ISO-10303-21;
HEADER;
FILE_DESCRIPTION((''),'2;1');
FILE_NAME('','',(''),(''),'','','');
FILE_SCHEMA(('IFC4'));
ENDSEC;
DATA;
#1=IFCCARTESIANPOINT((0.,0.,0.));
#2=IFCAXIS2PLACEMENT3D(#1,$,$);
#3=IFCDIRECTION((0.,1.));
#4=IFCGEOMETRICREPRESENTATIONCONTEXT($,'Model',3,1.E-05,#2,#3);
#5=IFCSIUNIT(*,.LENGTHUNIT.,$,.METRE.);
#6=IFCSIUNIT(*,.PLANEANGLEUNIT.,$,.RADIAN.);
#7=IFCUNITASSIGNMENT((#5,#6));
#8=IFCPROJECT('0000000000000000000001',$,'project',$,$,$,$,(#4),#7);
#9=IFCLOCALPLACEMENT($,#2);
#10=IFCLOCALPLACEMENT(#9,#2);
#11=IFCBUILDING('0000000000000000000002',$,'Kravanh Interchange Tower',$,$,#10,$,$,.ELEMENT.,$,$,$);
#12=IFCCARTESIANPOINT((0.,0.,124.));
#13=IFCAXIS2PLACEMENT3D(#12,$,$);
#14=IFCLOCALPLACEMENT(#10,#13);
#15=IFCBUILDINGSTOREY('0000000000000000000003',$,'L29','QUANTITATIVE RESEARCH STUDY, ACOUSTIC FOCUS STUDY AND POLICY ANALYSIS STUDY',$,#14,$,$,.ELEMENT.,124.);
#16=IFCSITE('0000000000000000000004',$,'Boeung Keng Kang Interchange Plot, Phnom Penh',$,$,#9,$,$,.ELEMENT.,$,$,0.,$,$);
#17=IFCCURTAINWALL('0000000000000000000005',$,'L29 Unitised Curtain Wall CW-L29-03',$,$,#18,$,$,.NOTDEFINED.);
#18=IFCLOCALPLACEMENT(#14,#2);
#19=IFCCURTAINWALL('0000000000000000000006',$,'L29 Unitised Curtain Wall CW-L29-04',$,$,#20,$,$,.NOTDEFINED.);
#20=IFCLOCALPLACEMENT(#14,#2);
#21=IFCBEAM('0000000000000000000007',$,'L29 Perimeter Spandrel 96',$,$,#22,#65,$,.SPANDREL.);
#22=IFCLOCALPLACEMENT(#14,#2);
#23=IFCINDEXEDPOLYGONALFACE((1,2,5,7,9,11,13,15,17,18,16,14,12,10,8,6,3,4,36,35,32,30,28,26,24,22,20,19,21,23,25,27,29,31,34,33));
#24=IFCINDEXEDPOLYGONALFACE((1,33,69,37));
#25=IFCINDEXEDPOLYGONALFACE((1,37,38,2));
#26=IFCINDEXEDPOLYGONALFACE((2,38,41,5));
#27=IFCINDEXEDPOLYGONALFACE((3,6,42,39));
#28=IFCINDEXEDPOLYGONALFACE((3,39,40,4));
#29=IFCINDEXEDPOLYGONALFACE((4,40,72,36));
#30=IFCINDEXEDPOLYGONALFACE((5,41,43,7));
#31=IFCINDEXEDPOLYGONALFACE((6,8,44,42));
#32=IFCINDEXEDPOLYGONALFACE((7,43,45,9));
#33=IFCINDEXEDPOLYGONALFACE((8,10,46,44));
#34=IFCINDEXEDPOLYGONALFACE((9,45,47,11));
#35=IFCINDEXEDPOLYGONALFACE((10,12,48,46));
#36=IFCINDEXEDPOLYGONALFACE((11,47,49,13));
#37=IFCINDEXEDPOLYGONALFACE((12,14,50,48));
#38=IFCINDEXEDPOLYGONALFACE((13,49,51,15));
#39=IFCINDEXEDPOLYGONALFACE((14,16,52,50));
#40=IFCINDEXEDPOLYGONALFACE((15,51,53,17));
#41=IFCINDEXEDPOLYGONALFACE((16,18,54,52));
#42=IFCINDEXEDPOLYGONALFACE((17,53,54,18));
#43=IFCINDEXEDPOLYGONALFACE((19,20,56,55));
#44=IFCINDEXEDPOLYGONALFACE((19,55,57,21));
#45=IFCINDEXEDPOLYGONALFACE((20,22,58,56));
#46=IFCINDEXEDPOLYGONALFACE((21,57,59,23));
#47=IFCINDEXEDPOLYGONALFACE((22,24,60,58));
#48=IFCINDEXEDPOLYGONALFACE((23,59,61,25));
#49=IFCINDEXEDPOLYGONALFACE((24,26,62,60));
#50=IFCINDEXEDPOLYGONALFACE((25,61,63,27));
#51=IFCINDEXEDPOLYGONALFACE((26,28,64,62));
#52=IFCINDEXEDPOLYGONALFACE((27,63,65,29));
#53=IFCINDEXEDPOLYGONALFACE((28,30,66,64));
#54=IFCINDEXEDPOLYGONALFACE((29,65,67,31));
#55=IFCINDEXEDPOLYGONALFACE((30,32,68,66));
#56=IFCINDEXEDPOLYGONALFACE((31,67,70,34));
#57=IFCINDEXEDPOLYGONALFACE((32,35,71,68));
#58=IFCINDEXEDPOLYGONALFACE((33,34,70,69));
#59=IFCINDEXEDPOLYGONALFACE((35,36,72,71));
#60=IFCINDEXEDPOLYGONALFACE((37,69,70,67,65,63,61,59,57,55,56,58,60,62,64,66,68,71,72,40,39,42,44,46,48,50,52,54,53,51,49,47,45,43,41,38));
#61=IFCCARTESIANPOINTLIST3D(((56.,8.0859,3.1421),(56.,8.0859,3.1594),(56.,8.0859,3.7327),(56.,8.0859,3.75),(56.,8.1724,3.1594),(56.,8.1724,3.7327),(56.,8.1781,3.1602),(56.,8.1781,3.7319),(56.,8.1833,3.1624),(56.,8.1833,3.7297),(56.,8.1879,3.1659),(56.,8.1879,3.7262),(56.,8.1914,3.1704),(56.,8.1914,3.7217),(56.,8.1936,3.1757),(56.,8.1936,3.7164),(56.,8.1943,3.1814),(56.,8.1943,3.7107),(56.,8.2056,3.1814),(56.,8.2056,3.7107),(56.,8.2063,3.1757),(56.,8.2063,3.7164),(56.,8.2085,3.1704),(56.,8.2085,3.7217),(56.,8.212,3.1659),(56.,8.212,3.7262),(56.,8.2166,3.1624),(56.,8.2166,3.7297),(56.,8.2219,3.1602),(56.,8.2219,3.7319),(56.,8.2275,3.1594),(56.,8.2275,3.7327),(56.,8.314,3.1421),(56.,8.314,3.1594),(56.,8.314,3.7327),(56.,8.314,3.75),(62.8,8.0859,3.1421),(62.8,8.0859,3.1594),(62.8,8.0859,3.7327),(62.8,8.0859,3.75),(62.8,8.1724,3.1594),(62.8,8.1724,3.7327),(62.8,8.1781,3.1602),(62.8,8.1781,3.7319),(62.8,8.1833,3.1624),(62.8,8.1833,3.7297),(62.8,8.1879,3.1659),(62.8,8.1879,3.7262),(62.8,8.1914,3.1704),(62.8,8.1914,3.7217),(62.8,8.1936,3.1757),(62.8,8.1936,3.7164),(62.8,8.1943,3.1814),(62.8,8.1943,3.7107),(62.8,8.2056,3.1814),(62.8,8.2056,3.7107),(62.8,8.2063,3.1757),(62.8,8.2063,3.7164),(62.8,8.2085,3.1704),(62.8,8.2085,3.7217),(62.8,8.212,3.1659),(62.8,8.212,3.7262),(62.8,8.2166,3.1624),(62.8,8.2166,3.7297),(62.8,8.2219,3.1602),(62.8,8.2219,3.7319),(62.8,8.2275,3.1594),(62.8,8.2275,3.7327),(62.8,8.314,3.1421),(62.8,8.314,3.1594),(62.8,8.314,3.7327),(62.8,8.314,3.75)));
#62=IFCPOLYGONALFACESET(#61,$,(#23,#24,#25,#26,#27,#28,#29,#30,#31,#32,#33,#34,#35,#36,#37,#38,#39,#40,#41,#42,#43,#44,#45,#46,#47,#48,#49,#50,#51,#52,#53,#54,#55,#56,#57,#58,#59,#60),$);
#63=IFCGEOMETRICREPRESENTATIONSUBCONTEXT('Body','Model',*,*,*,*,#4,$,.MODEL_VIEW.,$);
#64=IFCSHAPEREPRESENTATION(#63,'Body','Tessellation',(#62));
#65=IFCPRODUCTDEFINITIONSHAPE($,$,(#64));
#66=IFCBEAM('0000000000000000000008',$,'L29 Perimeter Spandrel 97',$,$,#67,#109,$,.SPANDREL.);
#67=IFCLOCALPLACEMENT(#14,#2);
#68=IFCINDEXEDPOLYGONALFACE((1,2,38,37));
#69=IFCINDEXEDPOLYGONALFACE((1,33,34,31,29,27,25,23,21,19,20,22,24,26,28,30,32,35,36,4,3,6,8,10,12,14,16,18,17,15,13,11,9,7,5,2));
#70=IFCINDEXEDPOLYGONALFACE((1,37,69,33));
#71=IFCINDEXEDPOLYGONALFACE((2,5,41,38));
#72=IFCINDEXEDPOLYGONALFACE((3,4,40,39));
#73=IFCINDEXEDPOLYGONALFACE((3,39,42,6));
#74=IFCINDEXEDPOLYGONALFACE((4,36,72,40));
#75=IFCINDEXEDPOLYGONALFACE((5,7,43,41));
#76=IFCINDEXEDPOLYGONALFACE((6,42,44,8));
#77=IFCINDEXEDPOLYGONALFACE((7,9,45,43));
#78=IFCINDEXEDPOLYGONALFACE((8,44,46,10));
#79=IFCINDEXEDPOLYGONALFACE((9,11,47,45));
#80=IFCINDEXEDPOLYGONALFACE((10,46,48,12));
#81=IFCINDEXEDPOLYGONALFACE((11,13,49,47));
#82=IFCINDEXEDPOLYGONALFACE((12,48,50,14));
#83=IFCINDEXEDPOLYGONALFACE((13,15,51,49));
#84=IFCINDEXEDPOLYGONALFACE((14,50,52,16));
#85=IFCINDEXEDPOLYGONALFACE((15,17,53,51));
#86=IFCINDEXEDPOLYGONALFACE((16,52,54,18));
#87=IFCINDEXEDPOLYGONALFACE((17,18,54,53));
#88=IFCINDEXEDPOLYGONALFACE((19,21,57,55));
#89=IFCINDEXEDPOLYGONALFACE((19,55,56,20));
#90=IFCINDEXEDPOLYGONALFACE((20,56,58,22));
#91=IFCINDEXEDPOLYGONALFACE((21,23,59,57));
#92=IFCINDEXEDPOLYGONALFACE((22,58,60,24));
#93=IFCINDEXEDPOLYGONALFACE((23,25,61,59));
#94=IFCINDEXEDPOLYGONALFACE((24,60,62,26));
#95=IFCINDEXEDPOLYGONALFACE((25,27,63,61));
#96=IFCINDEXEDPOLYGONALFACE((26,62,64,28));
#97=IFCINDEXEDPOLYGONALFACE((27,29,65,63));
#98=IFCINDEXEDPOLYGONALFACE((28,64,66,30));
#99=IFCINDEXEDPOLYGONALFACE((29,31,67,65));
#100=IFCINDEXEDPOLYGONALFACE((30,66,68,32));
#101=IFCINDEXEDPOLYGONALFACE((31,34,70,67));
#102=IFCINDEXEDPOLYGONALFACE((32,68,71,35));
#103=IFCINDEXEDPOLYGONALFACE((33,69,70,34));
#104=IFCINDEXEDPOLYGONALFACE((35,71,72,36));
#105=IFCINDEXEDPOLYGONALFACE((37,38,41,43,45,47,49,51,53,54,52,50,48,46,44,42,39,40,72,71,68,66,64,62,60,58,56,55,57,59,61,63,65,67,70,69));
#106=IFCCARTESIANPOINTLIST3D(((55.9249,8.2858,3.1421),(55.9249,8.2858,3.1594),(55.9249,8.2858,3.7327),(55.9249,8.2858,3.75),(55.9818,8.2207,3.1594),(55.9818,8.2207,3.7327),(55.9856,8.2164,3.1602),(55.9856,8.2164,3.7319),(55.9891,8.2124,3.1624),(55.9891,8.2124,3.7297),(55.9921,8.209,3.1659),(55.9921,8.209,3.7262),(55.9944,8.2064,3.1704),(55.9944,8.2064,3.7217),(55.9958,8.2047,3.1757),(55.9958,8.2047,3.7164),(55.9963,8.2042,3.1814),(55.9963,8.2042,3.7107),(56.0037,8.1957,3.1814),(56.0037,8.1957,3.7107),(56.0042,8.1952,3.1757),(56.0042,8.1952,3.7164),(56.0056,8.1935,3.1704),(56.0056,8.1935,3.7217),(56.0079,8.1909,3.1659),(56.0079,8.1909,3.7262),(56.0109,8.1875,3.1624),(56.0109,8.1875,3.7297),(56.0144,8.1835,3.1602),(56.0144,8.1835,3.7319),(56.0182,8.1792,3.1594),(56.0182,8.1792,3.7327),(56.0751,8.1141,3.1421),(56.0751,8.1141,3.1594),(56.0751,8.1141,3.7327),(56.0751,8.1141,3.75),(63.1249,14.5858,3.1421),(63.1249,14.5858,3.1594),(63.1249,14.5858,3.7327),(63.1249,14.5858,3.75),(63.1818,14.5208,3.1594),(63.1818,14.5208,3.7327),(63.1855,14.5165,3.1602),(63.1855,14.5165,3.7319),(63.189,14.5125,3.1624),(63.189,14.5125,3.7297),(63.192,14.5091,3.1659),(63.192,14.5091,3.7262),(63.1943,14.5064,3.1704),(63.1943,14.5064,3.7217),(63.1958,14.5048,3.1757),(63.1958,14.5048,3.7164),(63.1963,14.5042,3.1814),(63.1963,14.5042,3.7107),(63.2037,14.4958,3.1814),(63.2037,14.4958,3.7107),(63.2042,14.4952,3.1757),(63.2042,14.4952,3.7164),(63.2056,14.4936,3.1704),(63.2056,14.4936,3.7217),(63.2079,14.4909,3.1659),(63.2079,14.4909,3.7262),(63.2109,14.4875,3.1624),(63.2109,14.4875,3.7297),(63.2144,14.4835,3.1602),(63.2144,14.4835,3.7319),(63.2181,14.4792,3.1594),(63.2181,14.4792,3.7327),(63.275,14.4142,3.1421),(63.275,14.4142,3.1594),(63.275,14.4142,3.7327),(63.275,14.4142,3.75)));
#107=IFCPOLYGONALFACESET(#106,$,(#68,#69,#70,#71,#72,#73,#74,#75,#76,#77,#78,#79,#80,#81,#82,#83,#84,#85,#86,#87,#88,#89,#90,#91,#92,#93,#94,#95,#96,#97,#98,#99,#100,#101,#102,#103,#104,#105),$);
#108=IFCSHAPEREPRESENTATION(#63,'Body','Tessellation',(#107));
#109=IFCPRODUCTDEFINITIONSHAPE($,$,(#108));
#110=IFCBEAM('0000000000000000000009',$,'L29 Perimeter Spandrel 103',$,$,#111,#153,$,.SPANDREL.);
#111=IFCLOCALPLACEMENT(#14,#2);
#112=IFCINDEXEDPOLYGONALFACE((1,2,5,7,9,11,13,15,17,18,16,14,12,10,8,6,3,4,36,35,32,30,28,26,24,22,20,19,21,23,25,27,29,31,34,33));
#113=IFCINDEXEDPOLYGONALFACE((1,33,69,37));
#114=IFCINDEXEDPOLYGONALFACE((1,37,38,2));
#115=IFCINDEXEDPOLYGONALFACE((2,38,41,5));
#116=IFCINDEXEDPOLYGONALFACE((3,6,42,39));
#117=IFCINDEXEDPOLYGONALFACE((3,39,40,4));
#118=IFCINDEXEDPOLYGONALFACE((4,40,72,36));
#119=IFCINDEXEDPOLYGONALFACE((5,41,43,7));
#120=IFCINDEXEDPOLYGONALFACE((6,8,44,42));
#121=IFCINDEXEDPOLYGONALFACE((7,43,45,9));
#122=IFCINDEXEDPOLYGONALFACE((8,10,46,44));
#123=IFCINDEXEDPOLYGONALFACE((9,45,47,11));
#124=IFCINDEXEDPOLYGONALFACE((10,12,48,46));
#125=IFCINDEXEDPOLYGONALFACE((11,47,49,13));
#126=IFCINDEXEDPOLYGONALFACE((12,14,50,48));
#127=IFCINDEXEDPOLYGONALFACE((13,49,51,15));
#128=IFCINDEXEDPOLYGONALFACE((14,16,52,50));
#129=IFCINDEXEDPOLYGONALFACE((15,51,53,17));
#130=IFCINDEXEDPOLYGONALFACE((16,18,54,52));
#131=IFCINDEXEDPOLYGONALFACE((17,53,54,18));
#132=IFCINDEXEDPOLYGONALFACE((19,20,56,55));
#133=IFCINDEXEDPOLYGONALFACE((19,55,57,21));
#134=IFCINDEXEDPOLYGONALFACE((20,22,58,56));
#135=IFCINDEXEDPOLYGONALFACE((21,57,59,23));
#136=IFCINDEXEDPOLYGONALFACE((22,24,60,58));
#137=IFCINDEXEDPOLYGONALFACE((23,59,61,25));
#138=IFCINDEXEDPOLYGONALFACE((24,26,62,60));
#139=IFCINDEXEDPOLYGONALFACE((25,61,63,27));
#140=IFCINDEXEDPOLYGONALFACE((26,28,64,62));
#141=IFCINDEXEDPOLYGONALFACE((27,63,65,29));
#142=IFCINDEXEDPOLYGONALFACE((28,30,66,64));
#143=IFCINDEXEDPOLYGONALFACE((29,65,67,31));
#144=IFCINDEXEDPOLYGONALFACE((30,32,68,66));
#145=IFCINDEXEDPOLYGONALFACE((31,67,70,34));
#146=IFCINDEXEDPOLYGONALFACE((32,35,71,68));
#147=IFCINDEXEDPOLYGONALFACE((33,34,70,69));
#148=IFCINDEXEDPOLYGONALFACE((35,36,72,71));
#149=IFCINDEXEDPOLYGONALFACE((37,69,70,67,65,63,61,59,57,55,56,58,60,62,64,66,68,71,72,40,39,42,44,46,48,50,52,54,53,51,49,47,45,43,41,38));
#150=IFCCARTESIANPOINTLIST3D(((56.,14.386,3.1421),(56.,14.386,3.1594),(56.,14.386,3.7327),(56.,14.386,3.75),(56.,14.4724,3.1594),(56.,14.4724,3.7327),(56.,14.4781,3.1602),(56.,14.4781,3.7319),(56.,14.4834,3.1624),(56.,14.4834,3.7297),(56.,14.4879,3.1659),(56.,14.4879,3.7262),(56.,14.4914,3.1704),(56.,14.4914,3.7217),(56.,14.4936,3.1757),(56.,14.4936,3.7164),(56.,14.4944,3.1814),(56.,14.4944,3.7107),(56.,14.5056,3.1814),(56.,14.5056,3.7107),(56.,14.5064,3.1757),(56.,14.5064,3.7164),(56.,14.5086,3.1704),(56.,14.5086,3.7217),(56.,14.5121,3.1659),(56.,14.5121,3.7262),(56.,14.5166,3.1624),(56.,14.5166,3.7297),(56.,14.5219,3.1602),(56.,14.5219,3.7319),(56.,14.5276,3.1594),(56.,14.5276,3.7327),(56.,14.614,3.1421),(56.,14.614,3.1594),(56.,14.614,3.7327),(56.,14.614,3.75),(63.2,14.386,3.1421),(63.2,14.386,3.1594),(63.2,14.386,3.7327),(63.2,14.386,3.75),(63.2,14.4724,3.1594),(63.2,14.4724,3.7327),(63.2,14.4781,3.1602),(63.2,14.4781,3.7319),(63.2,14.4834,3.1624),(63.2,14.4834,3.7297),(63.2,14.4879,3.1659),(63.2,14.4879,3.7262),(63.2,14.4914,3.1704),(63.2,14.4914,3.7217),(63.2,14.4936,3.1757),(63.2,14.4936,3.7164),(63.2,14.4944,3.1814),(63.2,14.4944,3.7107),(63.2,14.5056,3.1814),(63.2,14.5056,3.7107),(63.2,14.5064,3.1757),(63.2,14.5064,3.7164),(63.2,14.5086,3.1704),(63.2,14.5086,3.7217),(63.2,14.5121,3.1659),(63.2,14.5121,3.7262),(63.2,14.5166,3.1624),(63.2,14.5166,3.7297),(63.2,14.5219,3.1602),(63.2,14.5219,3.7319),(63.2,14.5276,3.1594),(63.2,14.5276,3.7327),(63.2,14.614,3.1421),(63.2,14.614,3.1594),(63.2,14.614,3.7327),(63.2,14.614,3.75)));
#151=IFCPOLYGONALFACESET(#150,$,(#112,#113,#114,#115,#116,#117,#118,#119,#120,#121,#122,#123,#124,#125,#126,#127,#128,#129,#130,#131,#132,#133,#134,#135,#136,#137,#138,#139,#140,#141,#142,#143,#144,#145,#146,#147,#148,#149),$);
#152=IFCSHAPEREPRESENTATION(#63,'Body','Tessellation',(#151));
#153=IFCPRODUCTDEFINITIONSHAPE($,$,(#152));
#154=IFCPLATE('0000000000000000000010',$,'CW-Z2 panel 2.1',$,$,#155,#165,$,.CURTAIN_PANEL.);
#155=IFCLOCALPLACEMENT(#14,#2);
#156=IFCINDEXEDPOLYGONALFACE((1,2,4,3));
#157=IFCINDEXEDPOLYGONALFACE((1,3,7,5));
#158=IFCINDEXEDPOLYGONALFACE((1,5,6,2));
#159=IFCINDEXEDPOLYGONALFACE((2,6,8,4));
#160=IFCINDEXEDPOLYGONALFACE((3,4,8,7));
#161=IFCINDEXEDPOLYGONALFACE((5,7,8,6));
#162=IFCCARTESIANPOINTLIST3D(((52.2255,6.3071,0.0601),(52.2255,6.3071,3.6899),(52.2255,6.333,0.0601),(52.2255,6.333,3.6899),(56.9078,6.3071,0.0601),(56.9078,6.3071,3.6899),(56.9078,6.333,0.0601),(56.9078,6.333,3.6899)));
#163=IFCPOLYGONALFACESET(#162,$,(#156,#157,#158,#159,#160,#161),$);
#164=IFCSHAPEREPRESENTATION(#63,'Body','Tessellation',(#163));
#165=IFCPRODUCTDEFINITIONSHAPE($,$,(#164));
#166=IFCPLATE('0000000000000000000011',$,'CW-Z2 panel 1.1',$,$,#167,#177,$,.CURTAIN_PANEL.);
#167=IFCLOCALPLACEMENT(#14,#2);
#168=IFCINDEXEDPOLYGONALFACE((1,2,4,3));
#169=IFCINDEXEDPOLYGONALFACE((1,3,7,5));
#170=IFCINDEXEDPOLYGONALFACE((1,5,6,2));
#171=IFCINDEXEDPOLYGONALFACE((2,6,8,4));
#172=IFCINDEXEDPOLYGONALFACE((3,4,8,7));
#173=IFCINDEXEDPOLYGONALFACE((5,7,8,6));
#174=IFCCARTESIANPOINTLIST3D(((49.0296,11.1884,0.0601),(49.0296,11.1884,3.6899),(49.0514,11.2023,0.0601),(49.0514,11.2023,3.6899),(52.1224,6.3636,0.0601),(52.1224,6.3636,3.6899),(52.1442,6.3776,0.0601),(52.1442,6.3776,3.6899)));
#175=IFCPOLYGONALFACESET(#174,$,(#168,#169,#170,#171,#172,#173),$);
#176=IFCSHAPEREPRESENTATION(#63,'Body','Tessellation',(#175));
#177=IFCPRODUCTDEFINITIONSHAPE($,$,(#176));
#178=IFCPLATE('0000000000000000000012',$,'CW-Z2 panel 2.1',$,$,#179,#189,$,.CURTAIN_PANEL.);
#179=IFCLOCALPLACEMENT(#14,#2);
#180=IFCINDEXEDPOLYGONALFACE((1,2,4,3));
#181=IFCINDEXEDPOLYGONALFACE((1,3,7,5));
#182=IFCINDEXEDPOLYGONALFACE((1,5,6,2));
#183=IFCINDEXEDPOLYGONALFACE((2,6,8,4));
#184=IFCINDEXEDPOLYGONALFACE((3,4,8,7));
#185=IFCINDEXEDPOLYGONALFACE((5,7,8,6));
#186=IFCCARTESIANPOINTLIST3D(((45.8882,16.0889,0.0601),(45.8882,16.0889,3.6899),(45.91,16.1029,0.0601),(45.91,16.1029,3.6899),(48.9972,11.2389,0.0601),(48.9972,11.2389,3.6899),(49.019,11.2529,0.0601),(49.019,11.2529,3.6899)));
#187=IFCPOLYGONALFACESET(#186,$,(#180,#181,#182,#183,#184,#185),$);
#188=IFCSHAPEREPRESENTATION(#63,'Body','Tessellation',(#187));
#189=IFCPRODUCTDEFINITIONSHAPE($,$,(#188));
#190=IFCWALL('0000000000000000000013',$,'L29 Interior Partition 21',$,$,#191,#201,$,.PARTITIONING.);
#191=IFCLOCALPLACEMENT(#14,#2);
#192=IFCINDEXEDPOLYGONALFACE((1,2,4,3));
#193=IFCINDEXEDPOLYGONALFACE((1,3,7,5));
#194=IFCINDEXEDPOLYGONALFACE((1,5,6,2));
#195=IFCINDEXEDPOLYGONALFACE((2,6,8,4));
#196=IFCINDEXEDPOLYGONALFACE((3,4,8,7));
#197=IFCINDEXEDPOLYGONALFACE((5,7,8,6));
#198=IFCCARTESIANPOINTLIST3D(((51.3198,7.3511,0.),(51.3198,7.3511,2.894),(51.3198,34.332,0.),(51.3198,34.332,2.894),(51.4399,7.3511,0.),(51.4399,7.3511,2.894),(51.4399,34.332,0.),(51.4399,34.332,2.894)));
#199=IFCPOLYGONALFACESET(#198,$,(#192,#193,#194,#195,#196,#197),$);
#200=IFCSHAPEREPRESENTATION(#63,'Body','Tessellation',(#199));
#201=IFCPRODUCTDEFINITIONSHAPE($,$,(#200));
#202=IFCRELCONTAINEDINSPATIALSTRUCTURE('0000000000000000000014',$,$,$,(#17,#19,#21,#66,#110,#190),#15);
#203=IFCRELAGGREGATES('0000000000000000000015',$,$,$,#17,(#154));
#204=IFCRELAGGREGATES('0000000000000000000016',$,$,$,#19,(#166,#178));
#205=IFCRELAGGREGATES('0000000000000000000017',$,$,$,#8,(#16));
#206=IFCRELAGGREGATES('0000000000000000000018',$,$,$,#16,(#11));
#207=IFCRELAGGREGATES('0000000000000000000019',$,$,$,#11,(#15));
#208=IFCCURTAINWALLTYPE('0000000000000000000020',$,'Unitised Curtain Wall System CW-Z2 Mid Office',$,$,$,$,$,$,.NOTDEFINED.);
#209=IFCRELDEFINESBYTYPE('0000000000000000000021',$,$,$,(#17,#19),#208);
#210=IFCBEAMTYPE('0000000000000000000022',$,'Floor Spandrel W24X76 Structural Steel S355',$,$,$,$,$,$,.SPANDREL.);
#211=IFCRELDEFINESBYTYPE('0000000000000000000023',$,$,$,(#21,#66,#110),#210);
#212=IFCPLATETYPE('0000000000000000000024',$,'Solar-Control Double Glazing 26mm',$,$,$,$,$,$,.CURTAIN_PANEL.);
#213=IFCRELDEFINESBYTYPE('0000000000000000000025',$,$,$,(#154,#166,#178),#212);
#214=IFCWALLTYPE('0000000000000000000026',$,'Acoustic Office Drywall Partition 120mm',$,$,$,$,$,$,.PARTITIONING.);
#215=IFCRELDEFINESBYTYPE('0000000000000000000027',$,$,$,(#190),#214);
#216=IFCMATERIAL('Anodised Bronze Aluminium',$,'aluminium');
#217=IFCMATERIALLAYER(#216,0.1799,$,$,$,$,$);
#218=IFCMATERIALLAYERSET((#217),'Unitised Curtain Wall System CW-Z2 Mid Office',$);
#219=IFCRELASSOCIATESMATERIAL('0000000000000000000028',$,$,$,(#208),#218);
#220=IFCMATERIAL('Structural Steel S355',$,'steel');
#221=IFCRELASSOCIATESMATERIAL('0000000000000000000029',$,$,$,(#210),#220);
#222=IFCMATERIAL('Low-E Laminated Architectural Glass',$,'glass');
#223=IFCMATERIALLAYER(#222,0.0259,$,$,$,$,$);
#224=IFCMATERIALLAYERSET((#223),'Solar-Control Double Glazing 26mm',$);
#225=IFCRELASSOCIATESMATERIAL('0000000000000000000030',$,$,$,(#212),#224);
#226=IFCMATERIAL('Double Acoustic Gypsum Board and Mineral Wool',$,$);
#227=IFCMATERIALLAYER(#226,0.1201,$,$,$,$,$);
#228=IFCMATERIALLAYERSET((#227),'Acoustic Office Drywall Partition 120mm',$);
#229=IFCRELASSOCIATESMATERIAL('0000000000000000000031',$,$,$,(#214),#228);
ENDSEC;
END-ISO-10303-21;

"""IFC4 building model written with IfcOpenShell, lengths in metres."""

from ifc_helpers import new_model, si_unit, direction, frame, frame_2d, origin, origin_2d, place, context, subcontext, project, spatial, rectangle, i_section, extrude, material, layer, layer_set, material_profile, profile_set, type_object, element, aggregate, save


model = new_model("IFC4")

# Units and contexts
model_context = context("Model", 3, precision=1e-05, world=origin(), true_north=direction((0.0, 1.0)))
body_context = subcontext(model_context, "Body", "Model", "MODEL_VIEW")
ifc_project = project(units=[si_unit("LENGTHUNIT", "METRE"), si_unit("PLANEANGLEUNIT", "RADIAN")], contexts=[model_context])

# Site, building, storey
site_placement = place(None, origin())
site = spatial("IfcSite", under=ifc_project, at=site_placement, Name="Boeung Keng Kang Interchange Plot, Phnom Penh", CompositionType="ELEMENT", RefElevation=0.0)
building_placement = place(site_placement, origin())
building = spatial("IfcBuilding", under=site, at=building_placement, Name="Kravanh Interchange Tower", CompositionType="ELEMENT")
storey_placement = place(building_placement, frame((0.0, 0.0, 124.0)))
storey = spatial("IfcBuildingStorey", under=building, at=storey_placement, Name="L29", Description="QUANTITATIVE RESEARCH STUDY, ACOUSTIC FOCUS STUDY AND POLICY ANALYSIS STUDY", CompositionType="ELEMENT", Elevation=124.0)

# Curtain wall
ifc_material_1 = material(Name="Anodised Bronze Aluminium", Category="aluminium")
ifc_layer_1 = layer(ifc_material_1, 0.1799)
ifc_layer_set_1 = layer_set([ifc_layer_1], Name="Unitised Curtain Wall System CW-Z2 Mid Office")
curtain_wall_type = type_object("IfcCurtainWallType", Name="Unitised Curtain Wall System CW-Z2 Mid Office", PredefinedType="NOTDEFINED", material=ifc_layer_set_1)
curtain_wall_1_placement = place(storey_placement, origin())
curtain_wall_1 = element("IfcCurtainWall", 1, at=curtain_wall_1_placement, inside=storey, type_object=curtain_wall_type, Name="L29 Unitised Curtain Wall CW-L29-03", PredefinedType="NOTDEFINED")

# Curtain wall
curtain_wall_2_placement = place(storey_placement, origin())
curtain_wall_2 = element("IfcCurtainWall", 2, at=curtain_wall_2_placement, inside=storey, type_object=curtain_wall_type, Name="L29 Unitised Curtain Wall CW-L29-04", PredefinedType="NOTDEFINED")

# Beams
ifc_material_2 = material(Name="Structural Steel S355", Category="steel")
ifc_material_profile_1 = material_profile(ifc_material_2, i_section(OverallWidth=0.228, OverallDepth=0.6079, WebThickness=0.0112, FlangeThickness=0.0173, FilletRadius=0.022, at=origin_2d()), Name="W24X76")
ifc_profile_set_1 = profile_set([ifc_material_profile_1], Name="Structural Steel S355")
beam_type_1 = type_object("IfcBeamType", Name="Floor Spandrel W24X76 Structural Steel S355", PredefinedType="SPANDREL", material=ifc_profile_set_1)
beam_1_placement = place(storey_placement, frame((56.0, 8.2, 3.446), z_axis=(1.0, 0.0, 0.0), x_axis=(0.0, 1.0, 0.0)))
element("IfcBeam", 3, at=beam_1_placement, inside=storey, type_object=beam_type_1, Name="L29 Perimeter Spandrel 96", PredefinedType="SPANDREL", context=body_context, shape_type="SweptSolid", body=[
    extrude(i_section(OverallWidth=0.228, OverallDepth=0.6079, WebThickness=0.0112, FlangeThickness=0.0173, FilletRadius=0.022, at=origin_2d()), origin(), (0.0, 0.0, 1.0), 6.8),
])
beam_2_placement = place(storey_placement, frame((56.0, 8.2, 3.446), z_axis=(0.752572, 0.65851, 0.0), x_axis=(-0.65851, 0.752572, 0.0)))
element("IfcBeam", 4, at=beam_2_placement, inside=storey, type_object=beam_type_1, Name="L29 Perimeter Spandrel 97", PredefinedType="SPANDREL", context=body_context, shape_type="SweptSolid", body=[
    extrude(i_section(OverallWidth=0.228, OverallDepth=0.6079, WebThickness=0.0112, FlangeThickness=0.0173, FilletRadius=0.022, at=origin_2d()), origin(), (0.0, 0.0, 1.0), 9.5671),
])
beam_3_placement = place(storey_placement, frame((56.0, 14.5, 3.446), z_axis=(1.0, 0.0, 0.0), x_axis=(0.0, 1.0, 0.0)))
element("IfcBeam", 5, at=beam_3_placement, inside=storey, type_object=beam_type_1, Name="L29 Perimeter Spandrel 103", PredefinedType="SPANDREL", context=body_context, shape_type="SweptSolid", body=[
    extrude(i_section(OverallWidth=0.228, OverallDepth=0.6079, WebThickness=0.0112, FlangeThickness=0.0173, FilletRadius=0.022, at=origin_2d()), origin(), (0.0, 0.0, 1.0), 7.2),
])

# Plates
ifc_material_3 = material(Name="Low-E Laminated Architectural Glass", Category="glass")
ifc_layer_2 = layer(ifc_material_3, 0.0259)
ifc_layer_set_2 = layer_set([ifc_layer_2], Name="Solar-Control Double Glazing 26mm")
plate_type = type_object("IfcPlateType", Name="Solar-Control Double Glazing 26mm", PredefinedType="CURTAIN_PANEL", material=ifc_layer_set_2)
plate_1_placement = place(storey_placement, frame((54.5667, 6.3201, 0.0601), z_axis=(0.0, 0.0, 1.0), x_axis=(-1.0, 0.0, 0.0)))
plate_1 = element("IfcPlate", 6, at=plate_1_placement, type_object=plate_type, Name="CW-Z2 panel 2.1", PredefinedType="CURTAIN_PANEL", context=body_context, shape_type="SweptSolid", body=[
    extrude(rectangle(XDim=4.6824, YDim=0.0259, at=origin_2d()), origin(), (0.0, 0.0, 1.0), 3.6299),
])
aggregate(curtain_wall_1, [plate_1])
plate_2_placement = place(storey_placement, frame((50.5869, 8.783, 0.0601), z_axis=(0.0, 0.0, 1.0), x_axis=(-0.539665, 0.84188, 0.0)))
plate_2 = element("IfcPlate", 7, at=plate_2_placement, type_object=plate_type, Name="CW-Z2 panel 1.1", PredefinedType="CURTAIN_PANEL", context=body_context, shape_type="SweptSolid", body=[
    extrude(rectangle(XDim=5.731, YDim=0.0259, at=origin_2d()), origin(), (0.0, 0.0, 1.0), 3.6299),
])
plate_3_placement = place(storey_placement, frame((47.4536, 13.6709, 0.0601), z_axis=(0.0, 0.0, 1.0), x_axis=(-0.539665, 0.84188, 0.0)))
plate_3 = element("IfcPlate", 8, at=plate_3_placement, type_object=plate_type, Name="CW-Z2 panel 2.1", PredefinedType="CURTAIN_PANEL", context=body_context, shape_type="SweptSolid", body=[
    extrude(rectangle(XDim=5.761, YDim=0.0259, at=origin_2d()), origin(), (0.0, 0.0, 1.0), 3.6299),
])
aggregate(curtain_wall_2, [plate_2, plate_3])

# Wall
ifc_material_4 = material(Name="Double Acoustic Gypsum Board and Mineral Wool")
ifc_layer_3 = layer(ifc_material_4, 0.1201)
ifc_layer_set_3 = layer_set([ifc_layer_3], Name="Acoustic Office Drywall Partition 120mm")
wall_type = type_object("IfcWallType", Name="Acoustic Office Drywall Partition 120mm", PredefinedType="PARTITIONING", material=ifc_layer_set_3)
wall_placement = place(storey_placement, frame((51.3799, 7.3511, 0.0), z_axis=(0.0, 0.0, 1.0), x_axis=(0.0, 1.0, 0.0)))
element("IfcWall", 9, at=wall_placement, inside=storey, type_object=wall_type, Name="L29 Interior Partition 21", PredefinedType="PARTITIONING", context=body_context, shape_type="SweptSolid", body=[
    extrude(rectangle(XDim=26.981, YDim=0.1201, at=frame_2d((13.4905, 0.0))), origin(), (0.0, 0.0, 1.0), 2.894),
])

save(model, "model.ifc")
